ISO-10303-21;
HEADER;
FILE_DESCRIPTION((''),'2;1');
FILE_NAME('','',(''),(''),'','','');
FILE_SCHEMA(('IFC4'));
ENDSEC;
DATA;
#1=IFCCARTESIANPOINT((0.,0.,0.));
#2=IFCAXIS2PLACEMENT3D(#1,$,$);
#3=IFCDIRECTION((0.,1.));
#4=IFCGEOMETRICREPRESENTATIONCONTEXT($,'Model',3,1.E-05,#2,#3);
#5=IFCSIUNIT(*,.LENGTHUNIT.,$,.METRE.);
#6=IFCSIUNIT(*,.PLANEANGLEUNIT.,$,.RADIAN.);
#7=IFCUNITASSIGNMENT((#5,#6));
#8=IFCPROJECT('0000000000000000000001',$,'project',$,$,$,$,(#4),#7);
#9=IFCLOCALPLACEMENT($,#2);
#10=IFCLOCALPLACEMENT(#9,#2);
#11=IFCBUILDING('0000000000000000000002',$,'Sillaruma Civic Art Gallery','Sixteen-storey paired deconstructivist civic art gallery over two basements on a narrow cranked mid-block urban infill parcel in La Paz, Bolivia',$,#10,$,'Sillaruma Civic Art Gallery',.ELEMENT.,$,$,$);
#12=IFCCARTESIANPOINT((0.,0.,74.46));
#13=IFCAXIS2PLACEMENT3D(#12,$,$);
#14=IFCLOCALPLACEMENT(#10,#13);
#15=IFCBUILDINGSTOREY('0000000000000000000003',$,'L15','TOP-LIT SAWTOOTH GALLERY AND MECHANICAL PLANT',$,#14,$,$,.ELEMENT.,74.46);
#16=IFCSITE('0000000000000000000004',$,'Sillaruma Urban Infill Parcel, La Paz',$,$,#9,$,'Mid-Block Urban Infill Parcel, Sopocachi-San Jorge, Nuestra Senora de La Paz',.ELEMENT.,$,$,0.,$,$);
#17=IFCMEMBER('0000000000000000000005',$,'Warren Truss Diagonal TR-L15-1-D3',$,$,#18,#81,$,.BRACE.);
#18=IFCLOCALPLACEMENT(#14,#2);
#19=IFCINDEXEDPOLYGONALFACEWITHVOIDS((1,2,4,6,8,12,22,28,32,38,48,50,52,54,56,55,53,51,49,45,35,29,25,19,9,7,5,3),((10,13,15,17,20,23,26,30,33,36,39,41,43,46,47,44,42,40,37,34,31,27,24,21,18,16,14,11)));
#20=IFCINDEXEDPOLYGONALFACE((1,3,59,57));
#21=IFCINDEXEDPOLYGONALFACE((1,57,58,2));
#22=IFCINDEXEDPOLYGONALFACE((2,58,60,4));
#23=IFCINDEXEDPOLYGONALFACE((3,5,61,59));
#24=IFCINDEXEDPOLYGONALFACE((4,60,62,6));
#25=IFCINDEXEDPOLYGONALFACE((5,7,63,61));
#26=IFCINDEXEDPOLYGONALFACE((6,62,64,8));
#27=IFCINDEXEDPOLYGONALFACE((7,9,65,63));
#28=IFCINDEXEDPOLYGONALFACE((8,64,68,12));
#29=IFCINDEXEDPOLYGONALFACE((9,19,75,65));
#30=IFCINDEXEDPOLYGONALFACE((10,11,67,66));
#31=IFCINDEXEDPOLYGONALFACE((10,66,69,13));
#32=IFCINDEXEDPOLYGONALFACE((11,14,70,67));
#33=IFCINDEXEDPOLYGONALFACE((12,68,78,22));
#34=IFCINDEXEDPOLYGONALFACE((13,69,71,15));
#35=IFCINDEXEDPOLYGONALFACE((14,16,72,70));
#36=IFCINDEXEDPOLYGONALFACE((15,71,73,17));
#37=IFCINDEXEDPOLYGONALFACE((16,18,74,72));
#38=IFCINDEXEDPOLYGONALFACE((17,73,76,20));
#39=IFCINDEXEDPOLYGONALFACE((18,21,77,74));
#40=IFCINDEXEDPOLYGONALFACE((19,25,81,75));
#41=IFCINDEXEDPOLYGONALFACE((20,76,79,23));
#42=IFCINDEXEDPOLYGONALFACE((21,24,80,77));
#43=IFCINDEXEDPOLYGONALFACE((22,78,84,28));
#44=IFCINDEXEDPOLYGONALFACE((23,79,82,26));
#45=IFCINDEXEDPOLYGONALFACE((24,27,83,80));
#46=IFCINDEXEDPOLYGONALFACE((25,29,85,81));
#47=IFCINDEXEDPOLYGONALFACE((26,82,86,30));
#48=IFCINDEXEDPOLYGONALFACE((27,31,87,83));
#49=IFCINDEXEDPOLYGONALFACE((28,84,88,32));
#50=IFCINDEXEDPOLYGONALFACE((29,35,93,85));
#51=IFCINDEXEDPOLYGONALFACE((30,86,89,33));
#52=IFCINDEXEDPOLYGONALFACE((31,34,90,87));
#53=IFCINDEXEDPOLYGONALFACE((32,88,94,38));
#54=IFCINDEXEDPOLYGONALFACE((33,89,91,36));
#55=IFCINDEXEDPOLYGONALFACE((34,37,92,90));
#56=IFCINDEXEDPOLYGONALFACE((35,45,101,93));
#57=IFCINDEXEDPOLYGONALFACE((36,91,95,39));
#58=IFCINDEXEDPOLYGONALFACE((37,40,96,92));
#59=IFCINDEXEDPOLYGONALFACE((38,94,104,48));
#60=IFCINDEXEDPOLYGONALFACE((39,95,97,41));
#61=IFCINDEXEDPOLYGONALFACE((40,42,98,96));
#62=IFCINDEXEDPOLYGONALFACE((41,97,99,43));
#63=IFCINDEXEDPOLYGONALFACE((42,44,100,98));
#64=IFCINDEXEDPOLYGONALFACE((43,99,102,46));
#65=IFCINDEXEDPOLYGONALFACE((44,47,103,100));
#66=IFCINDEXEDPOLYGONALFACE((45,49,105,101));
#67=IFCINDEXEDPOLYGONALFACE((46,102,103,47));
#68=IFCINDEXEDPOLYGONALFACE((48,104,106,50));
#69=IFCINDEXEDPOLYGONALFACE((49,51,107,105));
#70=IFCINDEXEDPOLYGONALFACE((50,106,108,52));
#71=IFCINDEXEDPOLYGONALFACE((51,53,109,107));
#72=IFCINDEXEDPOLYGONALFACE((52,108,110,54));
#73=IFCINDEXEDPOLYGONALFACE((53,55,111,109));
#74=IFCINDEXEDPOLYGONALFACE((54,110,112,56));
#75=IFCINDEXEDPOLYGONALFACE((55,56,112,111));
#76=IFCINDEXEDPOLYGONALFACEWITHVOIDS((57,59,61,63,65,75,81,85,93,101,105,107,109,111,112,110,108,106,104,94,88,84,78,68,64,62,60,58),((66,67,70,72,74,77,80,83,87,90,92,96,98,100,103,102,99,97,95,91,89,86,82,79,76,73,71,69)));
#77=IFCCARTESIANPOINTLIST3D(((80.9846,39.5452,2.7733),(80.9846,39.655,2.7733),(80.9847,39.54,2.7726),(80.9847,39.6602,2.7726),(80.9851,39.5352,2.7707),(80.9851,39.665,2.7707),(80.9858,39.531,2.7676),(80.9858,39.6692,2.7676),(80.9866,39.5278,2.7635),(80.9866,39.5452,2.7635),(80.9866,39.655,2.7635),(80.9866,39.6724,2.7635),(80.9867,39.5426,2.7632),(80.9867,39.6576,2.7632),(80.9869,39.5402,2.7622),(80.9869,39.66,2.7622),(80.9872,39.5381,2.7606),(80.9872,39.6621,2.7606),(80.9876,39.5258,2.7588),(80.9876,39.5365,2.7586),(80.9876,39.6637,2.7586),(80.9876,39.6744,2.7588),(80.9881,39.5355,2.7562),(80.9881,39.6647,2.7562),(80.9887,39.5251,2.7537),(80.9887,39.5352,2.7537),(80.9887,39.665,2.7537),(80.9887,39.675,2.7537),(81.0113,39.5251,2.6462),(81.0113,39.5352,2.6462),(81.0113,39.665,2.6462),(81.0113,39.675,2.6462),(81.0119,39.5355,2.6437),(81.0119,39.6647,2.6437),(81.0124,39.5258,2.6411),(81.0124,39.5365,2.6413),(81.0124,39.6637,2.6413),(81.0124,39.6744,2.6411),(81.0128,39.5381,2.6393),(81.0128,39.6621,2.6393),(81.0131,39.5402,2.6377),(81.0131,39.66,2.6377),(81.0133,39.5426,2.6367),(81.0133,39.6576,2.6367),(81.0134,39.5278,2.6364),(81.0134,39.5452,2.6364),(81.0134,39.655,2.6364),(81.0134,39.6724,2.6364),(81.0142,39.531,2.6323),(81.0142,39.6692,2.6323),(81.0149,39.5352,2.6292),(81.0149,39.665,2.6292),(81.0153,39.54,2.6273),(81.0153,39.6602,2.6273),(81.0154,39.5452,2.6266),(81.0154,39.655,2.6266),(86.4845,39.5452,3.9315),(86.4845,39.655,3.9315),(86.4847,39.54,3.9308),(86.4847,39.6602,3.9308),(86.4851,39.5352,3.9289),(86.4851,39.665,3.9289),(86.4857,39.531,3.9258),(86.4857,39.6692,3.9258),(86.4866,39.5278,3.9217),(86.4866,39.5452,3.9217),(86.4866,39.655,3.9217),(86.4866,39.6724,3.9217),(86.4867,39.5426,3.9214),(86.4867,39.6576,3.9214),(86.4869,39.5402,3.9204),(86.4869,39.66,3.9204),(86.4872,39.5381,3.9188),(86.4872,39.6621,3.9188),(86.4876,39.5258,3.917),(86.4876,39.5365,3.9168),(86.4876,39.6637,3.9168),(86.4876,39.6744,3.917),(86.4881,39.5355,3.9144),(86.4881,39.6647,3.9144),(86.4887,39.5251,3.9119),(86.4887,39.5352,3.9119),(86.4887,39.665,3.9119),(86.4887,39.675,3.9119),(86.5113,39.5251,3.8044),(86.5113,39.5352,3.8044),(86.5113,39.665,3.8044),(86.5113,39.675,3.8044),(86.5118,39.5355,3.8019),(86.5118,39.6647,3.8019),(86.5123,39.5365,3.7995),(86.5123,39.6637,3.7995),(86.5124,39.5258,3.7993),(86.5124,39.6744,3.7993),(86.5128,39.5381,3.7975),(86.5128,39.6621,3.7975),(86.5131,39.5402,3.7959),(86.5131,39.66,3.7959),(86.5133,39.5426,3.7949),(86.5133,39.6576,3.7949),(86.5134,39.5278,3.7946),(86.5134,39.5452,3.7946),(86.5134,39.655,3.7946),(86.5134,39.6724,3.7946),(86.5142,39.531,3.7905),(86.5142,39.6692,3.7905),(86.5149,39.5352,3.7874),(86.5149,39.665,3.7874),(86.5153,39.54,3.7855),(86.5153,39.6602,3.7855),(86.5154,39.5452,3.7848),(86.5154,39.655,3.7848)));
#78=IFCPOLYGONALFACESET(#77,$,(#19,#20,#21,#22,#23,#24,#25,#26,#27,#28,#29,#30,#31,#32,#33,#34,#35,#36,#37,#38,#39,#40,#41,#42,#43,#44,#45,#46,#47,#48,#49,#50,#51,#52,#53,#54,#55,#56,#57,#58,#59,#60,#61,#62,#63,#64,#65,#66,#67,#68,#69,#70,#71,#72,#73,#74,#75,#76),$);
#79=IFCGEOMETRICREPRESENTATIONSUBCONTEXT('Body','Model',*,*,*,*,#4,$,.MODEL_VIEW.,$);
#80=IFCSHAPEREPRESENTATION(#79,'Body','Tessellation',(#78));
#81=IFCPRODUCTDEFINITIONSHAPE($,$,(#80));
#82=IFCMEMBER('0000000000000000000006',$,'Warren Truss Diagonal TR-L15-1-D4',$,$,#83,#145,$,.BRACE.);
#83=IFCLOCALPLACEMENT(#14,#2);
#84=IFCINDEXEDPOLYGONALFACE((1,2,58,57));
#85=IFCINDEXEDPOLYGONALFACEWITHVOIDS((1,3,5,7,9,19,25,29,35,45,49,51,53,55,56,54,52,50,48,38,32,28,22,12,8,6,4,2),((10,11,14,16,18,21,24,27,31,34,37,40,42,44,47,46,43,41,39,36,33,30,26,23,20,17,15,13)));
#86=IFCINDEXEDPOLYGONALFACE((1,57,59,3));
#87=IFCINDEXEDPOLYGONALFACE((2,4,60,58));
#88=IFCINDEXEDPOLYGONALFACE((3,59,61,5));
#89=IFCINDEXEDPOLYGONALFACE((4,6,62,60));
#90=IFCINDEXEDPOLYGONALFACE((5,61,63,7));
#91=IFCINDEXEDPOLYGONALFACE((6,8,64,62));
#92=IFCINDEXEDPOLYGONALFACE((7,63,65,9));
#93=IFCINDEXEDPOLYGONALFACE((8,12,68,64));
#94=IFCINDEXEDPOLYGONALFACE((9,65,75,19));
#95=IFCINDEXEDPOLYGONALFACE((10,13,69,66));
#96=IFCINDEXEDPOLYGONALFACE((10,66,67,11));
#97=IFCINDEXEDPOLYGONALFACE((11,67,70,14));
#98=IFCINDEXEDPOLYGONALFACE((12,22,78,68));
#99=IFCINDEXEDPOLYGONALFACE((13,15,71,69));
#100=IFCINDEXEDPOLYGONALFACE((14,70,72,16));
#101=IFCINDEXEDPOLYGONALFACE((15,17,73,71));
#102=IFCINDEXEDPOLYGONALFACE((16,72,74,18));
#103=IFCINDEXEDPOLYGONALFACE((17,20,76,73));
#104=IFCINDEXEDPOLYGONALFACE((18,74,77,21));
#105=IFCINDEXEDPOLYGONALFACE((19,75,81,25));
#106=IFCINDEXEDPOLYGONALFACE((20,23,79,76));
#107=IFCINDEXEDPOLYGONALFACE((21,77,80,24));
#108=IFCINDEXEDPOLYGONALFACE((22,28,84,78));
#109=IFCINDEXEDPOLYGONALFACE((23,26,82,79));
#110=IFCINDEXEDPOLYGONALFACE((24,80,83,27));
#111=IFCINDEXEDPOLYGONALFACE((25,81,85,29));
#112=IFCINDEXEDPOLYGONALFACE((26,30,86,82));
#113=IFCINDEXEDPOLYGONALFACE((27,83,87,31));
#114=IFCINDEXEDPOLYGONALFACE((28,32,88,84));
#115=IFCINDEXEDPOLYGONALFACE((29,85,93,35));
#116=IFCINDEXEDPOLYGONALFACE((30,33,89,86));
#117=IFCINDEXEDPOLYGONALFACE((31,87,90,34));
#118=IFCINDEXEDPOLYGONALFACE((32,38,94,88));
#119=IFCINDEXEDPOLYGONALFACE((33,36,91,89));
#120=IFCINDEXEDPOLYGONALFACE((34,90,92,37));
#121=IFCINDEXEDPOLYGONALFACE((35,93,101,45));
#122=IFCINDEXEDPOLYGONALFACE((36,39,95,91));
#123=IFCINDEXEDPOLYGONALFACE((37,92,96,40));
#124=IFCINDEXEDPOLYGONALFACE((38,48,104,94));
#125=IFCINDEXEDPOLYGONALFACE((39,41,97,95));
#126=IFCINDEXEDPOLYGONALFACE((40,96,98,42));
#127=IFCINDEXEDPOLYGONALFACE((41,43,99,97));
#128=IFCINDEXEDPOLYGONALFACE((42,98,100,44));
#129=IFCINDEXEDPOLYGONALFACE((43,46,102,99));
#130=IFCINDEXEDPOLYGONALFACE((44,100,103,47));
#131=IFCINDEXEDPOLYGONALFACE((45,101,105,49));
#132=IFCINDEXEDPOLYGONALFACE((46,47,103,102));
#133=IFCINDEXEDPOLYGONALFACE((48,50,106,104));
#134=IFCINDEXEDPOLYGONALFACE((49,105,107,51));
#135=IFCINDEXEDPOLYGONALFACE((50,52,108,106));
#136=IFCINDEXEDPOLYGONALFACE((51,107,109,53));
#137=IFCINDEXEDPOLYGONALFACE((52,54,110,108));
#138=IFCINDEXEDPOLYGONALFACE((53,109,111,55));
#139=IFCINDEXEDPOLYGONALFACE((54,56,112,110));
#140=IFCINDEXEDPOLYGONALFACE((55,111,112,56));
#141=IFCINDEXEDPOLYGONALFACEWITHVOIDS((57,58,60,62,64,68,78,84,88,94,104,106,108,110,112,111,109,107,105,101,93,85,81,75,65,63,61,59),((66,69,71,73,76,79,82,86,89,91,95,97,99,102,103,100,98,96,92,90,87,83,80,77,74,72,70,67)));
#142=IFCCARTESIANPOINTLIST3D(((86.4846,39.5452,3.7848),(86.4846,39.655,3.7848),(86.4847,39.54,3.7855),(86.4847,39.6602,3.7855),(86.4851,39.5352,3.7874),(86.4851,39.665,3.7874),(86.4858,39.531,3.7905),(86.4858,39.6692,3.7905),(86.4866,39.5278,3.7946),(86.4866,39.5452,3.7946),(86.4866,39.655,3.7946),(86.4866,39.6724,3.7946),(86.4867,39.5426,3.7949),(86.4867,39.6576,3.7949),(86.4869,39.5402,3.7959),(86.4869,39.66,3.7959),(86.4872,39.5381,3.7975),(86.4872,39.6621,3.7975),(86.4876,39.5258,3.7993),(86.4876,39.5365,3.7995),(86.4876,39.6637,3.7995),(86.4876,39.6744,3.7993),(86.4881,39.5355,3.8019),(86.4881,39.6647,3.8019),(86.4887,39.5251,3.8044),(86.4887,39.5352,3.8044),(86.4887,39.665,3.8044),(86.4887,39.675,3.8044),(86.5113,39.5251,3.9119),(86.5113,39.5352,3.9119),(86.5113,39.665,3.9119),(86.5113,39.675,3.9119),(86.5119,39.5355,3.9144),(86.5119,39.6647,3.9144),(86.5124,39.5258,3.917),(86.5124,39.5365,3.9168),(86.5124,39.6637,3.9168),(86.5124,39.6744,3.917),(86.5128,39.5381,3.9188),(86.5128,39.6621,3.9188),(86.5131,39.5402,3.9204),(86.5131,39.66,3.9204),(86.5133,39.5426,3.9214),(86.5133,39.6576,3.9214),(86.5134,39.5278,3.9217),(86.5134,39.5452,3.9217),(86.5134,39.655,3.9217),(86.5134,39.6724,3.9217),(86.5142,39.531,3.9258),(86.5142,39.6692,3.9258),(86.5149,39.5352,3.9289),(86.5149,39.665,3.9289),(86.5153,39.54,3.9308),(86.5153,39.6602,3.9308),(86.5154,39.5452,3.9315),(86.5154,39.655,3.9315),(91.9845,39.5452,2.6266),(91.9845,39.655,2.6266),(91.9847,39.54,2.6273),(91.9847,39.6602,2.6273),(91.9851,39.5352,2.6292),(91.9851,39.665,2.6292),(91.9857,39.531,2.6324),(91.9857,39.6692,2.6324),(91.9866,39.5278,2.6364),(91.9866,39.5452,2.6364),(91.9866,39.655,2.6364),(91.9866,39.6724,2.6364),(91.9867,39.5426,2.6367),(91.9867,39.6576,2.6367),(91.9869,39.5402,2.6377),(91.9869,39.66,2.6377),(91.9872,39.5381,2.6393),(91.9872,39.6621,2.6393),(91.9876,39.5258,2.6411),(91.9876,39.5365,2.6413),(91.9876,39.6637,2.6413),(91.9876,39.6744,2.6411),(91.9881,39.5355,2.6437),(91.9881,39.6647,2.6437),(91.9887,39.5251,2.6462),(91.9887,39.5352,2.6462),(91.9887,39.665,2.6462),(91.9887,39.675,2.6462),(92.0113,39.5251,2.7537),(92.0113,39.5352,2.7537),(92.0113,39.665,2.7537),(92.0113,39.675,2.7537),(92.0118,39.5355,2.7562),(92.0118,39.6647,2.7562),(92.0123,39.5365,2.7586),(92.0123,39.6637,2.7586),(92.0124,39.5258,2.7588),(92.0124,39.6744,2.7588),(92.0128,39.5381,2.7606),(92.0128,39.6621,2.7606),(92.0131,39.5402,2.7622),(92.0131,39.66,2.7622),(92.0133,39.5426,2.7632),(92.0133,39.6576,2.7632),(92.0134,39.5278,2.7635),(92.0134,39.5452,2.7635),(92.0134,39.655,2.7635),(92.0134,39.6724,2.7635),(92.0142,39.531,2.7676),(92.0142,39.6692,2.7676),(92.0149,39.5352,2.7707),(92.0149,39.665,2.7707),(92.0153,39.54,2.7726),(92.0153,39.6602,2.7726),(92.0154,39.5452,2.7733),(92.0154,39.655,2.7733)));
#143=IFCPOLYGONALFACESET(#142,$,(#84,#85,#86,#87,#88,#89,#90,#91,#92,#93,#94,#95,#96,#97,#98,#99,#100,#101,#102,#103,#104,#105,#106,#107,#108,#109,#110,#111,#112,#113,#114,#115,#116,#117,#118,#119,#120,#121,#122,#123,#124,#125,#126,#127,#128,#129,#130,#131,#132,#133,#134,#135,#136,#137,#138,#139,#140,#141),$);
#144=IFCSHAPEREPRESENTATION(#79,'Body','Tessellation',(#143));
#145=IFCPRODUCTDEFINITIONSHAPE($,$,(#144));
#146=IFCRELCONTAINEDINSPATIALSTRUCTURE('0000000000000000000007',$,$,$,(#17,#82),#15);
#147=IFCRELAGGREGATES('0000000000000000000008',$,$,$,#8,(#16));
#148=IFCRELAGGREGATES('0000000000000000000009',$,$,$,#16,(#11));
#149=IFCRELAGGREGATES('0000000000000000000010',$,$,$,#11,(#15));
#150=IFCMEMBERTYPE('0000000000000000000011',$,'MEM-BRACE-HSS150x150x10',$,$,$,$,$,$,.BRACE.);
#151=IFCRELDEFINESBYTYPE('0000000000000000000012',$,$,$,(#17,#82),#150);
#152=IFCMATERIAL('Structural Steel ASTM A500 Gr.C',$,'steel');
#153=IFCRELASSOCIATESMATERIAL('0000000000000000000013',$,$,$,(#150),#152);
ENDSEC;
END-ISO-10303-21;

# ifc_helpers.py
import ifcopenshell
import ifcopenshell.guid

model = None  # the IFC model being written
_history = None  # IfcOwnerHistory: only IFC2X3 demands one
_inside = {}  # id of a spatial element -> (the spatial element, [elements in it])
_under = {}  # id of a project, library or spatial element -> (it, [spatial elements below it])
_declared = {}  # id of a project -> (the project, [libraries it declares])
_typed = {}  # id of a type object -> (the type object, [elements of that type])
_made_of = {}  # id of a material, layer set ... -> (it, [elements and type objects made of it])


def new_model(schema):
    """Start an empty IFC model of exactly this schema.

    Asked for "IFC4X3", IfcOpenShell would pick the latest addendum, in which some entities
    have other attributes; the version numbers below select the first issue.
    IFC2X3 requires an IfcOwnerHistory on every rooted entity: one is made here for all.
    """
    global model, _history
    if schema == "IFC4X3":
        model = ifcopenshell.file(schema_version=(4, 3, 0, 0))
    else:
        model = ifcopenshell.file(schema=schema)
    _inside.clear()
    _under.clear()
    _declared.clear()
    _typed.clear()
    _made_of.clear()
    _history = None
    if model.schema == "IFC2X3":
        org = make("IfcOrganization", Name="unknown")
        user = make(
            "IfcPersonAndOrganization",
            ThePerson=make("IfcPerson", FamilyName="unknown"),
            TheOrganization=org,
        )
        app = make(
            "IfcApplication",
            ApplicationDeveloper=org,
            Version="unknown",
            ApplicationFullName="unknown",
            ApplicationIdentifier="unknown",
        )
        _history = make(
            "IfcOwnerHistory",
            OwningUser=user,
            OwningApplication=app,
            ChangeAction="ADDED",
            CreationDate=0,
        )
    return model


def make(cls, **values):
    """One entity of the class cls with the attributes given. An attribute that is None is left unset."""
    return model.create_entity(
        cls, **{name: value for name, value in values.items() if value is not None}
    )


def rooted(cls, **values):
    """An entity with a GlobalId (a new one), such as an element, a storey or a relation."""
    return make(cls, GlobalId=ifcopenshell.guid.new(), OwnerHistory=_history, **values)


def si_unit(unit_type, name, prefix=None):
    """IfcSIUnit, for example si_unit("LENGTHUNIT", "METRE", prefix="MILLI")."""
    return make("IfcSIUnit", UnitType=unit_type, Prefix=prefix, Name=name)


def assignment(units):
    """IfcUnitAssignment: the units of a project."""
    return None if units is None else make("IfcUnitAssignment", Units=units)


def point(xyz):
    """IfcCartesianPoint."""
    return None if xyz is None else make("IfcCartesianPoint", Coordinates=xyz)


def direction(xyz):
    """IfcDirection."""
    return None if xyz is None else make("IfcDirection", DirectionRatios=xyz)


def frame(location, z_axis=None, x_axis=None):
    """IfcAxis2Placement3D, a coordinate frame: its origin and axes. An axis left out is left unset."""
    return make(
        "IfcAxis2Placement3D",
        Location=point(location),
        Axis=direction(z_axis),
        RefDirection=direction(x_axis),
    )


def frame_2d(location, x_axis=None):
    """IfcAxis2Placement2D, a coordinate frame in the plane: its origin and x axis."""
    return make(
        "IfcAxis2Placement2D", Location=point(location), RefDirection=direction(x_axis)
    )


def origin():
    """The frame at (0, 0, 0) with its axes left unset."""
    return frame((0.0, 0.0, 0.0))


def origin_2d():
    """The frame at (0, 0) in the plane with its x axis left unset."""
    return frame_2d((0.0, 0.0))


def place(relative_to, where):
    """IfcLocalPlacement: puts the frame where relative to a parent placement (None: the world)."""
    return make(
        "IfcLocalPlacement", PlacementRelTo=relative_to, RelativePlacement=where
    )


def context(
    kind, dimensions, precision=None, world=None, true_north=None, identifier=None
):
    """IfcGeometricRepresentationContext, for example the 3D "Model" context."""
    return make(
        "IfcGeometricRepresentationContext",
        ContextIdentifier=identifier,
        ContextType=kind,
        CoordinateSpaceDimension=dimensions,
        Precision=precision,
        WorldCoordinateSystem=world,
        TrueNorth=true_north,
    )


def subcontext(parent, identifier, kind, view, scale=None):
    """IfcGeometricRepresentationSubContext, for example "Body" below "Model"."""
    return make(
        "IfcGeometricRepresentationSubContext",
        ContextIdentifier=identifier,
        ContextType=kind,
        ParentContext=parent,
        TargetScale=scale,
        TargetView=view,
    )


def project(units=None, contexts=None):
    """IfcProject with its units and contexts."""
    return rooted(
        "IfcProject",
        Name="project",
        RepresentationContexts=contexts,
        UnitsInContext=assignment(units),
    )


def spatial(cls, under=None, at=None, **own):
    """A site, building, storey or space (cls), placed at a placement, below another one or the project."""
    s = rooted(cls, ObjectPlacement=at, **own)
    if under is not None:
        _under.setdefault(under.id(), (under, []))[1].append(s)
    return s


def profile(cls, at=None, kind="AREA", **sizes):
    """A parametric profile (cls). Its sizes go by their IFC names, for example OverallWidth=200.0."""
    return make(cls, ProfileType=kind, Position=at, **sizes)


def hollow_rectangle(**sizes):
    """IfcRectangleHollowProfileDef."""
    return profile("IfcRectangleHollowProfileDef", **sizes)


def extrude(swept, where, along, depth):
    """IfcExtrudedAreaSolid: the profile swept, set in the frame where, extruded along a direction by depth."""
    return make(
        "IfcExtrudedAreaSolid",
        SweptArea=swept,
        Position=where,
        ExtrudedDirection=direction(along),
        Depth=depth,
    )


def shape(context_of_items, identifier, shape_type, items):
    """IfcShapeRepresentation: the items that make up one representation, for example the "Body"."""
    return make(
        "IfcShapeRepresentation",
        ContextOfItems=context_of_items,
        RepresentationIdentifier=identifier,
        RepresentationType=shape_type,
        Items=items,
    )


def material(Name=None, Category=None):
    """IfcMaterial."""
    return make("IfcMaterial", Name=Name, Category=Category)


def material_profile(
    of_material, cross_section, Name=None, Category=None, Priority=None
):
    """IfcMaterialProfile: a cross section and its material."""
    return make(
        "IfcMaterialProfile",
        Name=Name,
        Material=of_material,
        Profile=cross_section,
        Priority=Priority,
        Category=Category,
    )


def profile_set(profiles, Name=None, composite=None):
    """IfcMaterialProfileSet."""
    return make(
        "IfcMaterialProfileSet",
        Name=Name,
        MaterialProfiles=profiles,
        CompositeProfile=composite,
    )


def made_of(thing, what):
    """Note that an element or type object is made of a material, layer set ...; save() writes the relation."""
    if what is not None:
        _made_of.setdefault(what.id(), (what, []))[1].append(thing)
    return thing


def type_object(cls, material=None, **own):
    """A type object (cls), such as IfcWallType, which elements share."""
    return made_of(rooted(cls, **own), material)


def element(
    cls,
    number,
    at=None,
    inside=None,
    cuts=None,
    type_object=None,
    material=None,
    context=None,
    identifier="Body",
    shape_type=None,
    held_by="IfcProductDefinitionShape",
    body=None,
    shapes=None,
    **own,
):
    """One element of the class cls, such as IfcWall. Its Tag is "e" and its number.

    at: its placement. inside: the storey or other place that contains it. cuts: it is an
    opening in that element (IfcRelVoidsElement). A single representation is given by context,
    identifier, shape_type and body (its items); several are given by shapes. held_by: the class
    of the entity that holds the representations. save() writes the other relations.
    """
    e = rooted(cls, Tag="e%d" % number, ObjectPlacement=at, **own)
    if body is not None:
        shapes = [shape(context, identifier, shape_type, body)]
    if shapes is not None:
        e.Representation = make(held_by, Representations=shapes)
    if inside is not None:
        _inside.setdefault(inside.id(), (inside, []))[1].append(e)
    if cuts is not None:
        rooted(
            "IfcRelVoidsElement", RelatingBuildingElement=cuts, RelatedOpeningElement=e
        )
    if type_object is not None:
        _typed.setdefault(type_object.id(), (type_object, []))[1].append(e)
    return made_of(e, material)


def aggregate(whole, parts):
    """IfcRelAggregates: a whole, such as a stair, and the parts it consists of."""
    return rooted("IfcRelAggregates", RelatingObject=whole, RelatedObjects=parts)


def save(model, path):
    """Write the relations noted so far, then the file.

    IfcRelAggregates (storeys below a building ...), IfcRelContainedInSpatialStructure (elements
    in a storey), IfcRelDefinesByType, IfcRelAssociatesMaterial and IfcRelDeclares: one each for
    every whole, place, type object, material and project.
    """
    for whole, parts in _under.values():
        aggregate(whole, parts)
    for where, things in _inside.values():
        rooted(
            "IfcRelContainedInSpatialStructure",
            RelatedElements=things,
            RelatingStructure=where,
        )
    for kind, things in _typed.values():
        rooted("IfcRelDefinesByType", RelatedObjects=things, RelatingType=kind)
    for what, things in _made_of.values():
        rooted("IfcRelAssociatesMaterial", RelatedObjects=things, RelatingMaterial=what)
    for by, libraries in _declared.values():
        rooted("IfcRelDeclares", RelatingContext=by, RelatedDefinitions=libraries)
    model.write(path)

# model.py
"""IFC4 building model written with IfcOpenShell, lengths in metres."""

from ifc_helpers import new_model, si_unit, direction, frame, origin, origin_2d, place, context, subcontext, project, spatial, hollow_rectangle, extrude, material, material_profile, profile_set, type_object, element, save


model = new_model("IFC4")

# Units and contexts
model_context = context("Model", 3, precision=1e-05, world=origin(), true_north=direction((0.0, 1.0)))
body_context = subcontext(model_context, "Body", "Model", "MODEL_VIEW")
ifc_project = project(units=[si_unit("LENGTHUNIT", "METRE"), si_unit("PLANEANGLEUNIT", "RADIAN")], contexts=[model_context])

# Site, building, storey
site_placement = place(None, origin())
site = spatial("IfcSite", under=ifc_project, at=site_placement, Name="Sillaruma Urban Infill Parcel, La Paz", LongName="Mid-Block Urban Infill Parcel, Sopocachi-San Jorge, Nuestra Senora de La Paz", CompositionType="ELEMENT", RefElevation=0.0)
building_placement = place(site_placement, origin())
building = spatial("IfcBuilding", under=site, at=building_placement, Name="Sillaruma Civic Art Gallery", Description="Sixteen-storey paired deconstructivist civic art gallery over two basements on a narrow cranked mid-block urban infill parcel in La Paz, Bolivia", LongName="Sillaruma Civic Art Gallery", CompositionType="ELEMENT")
storey_placement = place(building_placement, frame((0.0, 0.0, 74.46)))
storey = spatial("IfcBuildingStorey", under=building, at=storey_placement, Name="L15", Description="TOP-LIT SAWTOOTH GALLERY AND MECHANICAL PLANT", CompositionType="ELEMENT", Elevation=74.46)

# Members
ifc_material_1 = material(Name="Structural Steel ASTM A500 Gr.C", Category="steel")
ifc_material_profile_1 = material_profile(ifc_material_1, hollow_rectangle(XDim=0.1499, YDim=0.1499, WallThickness=0.01, InnerFilletRadius=0.01, OuterFilletRadius=0.02, at=origin_2d()), Name="HSS150x150x10")
ifc_profile_set_1 = profile_set([ifc_material_profile_1], Name="Structural Steel ASTM A500 Gr.C")
member_type_1 = type_object("IfcMemberType", Name="MEM-BRACE-HSS150x150x10", PredefinedType="BRACE", material=ifc_profile_set_1)
for number, where, z_axis, x_axis, name in (
    (1, (81.0, 39.6001, 2.7), (0.978539, 0.0, 0.206063), (0.0, 1.0, 0.0), "Warren Truss Diagonal TR-L15-1-D3"),
    (2, (86.5, 39.6001, 3.8582), (0.978539, 0.0, -0.206063), (0.0, 1.0, 0.0), "Warren Truss Diagonal TR-L15-1-D4"),
):
    element("IfcMember", number, at=place(storey_placement, frame(where, z_axis=z_axis, x_axis=x_axis)), inside=storey, type_object=member_type_1, Name=name, PredefinedType="BRACE", context=body_context, shape_type="SweptSolid", body=[
        extrude(hollow_rectangle(XDim=0.1499, YDim=0.1499, WallThickness=0.01, InnerFilletRadius=0.01, OuterFilletRadius=0.02, at=origin_2d()), origin(), (0.0, 0.0, 1.0), 5.6206),
    ])

save(model, "model.ifc")
